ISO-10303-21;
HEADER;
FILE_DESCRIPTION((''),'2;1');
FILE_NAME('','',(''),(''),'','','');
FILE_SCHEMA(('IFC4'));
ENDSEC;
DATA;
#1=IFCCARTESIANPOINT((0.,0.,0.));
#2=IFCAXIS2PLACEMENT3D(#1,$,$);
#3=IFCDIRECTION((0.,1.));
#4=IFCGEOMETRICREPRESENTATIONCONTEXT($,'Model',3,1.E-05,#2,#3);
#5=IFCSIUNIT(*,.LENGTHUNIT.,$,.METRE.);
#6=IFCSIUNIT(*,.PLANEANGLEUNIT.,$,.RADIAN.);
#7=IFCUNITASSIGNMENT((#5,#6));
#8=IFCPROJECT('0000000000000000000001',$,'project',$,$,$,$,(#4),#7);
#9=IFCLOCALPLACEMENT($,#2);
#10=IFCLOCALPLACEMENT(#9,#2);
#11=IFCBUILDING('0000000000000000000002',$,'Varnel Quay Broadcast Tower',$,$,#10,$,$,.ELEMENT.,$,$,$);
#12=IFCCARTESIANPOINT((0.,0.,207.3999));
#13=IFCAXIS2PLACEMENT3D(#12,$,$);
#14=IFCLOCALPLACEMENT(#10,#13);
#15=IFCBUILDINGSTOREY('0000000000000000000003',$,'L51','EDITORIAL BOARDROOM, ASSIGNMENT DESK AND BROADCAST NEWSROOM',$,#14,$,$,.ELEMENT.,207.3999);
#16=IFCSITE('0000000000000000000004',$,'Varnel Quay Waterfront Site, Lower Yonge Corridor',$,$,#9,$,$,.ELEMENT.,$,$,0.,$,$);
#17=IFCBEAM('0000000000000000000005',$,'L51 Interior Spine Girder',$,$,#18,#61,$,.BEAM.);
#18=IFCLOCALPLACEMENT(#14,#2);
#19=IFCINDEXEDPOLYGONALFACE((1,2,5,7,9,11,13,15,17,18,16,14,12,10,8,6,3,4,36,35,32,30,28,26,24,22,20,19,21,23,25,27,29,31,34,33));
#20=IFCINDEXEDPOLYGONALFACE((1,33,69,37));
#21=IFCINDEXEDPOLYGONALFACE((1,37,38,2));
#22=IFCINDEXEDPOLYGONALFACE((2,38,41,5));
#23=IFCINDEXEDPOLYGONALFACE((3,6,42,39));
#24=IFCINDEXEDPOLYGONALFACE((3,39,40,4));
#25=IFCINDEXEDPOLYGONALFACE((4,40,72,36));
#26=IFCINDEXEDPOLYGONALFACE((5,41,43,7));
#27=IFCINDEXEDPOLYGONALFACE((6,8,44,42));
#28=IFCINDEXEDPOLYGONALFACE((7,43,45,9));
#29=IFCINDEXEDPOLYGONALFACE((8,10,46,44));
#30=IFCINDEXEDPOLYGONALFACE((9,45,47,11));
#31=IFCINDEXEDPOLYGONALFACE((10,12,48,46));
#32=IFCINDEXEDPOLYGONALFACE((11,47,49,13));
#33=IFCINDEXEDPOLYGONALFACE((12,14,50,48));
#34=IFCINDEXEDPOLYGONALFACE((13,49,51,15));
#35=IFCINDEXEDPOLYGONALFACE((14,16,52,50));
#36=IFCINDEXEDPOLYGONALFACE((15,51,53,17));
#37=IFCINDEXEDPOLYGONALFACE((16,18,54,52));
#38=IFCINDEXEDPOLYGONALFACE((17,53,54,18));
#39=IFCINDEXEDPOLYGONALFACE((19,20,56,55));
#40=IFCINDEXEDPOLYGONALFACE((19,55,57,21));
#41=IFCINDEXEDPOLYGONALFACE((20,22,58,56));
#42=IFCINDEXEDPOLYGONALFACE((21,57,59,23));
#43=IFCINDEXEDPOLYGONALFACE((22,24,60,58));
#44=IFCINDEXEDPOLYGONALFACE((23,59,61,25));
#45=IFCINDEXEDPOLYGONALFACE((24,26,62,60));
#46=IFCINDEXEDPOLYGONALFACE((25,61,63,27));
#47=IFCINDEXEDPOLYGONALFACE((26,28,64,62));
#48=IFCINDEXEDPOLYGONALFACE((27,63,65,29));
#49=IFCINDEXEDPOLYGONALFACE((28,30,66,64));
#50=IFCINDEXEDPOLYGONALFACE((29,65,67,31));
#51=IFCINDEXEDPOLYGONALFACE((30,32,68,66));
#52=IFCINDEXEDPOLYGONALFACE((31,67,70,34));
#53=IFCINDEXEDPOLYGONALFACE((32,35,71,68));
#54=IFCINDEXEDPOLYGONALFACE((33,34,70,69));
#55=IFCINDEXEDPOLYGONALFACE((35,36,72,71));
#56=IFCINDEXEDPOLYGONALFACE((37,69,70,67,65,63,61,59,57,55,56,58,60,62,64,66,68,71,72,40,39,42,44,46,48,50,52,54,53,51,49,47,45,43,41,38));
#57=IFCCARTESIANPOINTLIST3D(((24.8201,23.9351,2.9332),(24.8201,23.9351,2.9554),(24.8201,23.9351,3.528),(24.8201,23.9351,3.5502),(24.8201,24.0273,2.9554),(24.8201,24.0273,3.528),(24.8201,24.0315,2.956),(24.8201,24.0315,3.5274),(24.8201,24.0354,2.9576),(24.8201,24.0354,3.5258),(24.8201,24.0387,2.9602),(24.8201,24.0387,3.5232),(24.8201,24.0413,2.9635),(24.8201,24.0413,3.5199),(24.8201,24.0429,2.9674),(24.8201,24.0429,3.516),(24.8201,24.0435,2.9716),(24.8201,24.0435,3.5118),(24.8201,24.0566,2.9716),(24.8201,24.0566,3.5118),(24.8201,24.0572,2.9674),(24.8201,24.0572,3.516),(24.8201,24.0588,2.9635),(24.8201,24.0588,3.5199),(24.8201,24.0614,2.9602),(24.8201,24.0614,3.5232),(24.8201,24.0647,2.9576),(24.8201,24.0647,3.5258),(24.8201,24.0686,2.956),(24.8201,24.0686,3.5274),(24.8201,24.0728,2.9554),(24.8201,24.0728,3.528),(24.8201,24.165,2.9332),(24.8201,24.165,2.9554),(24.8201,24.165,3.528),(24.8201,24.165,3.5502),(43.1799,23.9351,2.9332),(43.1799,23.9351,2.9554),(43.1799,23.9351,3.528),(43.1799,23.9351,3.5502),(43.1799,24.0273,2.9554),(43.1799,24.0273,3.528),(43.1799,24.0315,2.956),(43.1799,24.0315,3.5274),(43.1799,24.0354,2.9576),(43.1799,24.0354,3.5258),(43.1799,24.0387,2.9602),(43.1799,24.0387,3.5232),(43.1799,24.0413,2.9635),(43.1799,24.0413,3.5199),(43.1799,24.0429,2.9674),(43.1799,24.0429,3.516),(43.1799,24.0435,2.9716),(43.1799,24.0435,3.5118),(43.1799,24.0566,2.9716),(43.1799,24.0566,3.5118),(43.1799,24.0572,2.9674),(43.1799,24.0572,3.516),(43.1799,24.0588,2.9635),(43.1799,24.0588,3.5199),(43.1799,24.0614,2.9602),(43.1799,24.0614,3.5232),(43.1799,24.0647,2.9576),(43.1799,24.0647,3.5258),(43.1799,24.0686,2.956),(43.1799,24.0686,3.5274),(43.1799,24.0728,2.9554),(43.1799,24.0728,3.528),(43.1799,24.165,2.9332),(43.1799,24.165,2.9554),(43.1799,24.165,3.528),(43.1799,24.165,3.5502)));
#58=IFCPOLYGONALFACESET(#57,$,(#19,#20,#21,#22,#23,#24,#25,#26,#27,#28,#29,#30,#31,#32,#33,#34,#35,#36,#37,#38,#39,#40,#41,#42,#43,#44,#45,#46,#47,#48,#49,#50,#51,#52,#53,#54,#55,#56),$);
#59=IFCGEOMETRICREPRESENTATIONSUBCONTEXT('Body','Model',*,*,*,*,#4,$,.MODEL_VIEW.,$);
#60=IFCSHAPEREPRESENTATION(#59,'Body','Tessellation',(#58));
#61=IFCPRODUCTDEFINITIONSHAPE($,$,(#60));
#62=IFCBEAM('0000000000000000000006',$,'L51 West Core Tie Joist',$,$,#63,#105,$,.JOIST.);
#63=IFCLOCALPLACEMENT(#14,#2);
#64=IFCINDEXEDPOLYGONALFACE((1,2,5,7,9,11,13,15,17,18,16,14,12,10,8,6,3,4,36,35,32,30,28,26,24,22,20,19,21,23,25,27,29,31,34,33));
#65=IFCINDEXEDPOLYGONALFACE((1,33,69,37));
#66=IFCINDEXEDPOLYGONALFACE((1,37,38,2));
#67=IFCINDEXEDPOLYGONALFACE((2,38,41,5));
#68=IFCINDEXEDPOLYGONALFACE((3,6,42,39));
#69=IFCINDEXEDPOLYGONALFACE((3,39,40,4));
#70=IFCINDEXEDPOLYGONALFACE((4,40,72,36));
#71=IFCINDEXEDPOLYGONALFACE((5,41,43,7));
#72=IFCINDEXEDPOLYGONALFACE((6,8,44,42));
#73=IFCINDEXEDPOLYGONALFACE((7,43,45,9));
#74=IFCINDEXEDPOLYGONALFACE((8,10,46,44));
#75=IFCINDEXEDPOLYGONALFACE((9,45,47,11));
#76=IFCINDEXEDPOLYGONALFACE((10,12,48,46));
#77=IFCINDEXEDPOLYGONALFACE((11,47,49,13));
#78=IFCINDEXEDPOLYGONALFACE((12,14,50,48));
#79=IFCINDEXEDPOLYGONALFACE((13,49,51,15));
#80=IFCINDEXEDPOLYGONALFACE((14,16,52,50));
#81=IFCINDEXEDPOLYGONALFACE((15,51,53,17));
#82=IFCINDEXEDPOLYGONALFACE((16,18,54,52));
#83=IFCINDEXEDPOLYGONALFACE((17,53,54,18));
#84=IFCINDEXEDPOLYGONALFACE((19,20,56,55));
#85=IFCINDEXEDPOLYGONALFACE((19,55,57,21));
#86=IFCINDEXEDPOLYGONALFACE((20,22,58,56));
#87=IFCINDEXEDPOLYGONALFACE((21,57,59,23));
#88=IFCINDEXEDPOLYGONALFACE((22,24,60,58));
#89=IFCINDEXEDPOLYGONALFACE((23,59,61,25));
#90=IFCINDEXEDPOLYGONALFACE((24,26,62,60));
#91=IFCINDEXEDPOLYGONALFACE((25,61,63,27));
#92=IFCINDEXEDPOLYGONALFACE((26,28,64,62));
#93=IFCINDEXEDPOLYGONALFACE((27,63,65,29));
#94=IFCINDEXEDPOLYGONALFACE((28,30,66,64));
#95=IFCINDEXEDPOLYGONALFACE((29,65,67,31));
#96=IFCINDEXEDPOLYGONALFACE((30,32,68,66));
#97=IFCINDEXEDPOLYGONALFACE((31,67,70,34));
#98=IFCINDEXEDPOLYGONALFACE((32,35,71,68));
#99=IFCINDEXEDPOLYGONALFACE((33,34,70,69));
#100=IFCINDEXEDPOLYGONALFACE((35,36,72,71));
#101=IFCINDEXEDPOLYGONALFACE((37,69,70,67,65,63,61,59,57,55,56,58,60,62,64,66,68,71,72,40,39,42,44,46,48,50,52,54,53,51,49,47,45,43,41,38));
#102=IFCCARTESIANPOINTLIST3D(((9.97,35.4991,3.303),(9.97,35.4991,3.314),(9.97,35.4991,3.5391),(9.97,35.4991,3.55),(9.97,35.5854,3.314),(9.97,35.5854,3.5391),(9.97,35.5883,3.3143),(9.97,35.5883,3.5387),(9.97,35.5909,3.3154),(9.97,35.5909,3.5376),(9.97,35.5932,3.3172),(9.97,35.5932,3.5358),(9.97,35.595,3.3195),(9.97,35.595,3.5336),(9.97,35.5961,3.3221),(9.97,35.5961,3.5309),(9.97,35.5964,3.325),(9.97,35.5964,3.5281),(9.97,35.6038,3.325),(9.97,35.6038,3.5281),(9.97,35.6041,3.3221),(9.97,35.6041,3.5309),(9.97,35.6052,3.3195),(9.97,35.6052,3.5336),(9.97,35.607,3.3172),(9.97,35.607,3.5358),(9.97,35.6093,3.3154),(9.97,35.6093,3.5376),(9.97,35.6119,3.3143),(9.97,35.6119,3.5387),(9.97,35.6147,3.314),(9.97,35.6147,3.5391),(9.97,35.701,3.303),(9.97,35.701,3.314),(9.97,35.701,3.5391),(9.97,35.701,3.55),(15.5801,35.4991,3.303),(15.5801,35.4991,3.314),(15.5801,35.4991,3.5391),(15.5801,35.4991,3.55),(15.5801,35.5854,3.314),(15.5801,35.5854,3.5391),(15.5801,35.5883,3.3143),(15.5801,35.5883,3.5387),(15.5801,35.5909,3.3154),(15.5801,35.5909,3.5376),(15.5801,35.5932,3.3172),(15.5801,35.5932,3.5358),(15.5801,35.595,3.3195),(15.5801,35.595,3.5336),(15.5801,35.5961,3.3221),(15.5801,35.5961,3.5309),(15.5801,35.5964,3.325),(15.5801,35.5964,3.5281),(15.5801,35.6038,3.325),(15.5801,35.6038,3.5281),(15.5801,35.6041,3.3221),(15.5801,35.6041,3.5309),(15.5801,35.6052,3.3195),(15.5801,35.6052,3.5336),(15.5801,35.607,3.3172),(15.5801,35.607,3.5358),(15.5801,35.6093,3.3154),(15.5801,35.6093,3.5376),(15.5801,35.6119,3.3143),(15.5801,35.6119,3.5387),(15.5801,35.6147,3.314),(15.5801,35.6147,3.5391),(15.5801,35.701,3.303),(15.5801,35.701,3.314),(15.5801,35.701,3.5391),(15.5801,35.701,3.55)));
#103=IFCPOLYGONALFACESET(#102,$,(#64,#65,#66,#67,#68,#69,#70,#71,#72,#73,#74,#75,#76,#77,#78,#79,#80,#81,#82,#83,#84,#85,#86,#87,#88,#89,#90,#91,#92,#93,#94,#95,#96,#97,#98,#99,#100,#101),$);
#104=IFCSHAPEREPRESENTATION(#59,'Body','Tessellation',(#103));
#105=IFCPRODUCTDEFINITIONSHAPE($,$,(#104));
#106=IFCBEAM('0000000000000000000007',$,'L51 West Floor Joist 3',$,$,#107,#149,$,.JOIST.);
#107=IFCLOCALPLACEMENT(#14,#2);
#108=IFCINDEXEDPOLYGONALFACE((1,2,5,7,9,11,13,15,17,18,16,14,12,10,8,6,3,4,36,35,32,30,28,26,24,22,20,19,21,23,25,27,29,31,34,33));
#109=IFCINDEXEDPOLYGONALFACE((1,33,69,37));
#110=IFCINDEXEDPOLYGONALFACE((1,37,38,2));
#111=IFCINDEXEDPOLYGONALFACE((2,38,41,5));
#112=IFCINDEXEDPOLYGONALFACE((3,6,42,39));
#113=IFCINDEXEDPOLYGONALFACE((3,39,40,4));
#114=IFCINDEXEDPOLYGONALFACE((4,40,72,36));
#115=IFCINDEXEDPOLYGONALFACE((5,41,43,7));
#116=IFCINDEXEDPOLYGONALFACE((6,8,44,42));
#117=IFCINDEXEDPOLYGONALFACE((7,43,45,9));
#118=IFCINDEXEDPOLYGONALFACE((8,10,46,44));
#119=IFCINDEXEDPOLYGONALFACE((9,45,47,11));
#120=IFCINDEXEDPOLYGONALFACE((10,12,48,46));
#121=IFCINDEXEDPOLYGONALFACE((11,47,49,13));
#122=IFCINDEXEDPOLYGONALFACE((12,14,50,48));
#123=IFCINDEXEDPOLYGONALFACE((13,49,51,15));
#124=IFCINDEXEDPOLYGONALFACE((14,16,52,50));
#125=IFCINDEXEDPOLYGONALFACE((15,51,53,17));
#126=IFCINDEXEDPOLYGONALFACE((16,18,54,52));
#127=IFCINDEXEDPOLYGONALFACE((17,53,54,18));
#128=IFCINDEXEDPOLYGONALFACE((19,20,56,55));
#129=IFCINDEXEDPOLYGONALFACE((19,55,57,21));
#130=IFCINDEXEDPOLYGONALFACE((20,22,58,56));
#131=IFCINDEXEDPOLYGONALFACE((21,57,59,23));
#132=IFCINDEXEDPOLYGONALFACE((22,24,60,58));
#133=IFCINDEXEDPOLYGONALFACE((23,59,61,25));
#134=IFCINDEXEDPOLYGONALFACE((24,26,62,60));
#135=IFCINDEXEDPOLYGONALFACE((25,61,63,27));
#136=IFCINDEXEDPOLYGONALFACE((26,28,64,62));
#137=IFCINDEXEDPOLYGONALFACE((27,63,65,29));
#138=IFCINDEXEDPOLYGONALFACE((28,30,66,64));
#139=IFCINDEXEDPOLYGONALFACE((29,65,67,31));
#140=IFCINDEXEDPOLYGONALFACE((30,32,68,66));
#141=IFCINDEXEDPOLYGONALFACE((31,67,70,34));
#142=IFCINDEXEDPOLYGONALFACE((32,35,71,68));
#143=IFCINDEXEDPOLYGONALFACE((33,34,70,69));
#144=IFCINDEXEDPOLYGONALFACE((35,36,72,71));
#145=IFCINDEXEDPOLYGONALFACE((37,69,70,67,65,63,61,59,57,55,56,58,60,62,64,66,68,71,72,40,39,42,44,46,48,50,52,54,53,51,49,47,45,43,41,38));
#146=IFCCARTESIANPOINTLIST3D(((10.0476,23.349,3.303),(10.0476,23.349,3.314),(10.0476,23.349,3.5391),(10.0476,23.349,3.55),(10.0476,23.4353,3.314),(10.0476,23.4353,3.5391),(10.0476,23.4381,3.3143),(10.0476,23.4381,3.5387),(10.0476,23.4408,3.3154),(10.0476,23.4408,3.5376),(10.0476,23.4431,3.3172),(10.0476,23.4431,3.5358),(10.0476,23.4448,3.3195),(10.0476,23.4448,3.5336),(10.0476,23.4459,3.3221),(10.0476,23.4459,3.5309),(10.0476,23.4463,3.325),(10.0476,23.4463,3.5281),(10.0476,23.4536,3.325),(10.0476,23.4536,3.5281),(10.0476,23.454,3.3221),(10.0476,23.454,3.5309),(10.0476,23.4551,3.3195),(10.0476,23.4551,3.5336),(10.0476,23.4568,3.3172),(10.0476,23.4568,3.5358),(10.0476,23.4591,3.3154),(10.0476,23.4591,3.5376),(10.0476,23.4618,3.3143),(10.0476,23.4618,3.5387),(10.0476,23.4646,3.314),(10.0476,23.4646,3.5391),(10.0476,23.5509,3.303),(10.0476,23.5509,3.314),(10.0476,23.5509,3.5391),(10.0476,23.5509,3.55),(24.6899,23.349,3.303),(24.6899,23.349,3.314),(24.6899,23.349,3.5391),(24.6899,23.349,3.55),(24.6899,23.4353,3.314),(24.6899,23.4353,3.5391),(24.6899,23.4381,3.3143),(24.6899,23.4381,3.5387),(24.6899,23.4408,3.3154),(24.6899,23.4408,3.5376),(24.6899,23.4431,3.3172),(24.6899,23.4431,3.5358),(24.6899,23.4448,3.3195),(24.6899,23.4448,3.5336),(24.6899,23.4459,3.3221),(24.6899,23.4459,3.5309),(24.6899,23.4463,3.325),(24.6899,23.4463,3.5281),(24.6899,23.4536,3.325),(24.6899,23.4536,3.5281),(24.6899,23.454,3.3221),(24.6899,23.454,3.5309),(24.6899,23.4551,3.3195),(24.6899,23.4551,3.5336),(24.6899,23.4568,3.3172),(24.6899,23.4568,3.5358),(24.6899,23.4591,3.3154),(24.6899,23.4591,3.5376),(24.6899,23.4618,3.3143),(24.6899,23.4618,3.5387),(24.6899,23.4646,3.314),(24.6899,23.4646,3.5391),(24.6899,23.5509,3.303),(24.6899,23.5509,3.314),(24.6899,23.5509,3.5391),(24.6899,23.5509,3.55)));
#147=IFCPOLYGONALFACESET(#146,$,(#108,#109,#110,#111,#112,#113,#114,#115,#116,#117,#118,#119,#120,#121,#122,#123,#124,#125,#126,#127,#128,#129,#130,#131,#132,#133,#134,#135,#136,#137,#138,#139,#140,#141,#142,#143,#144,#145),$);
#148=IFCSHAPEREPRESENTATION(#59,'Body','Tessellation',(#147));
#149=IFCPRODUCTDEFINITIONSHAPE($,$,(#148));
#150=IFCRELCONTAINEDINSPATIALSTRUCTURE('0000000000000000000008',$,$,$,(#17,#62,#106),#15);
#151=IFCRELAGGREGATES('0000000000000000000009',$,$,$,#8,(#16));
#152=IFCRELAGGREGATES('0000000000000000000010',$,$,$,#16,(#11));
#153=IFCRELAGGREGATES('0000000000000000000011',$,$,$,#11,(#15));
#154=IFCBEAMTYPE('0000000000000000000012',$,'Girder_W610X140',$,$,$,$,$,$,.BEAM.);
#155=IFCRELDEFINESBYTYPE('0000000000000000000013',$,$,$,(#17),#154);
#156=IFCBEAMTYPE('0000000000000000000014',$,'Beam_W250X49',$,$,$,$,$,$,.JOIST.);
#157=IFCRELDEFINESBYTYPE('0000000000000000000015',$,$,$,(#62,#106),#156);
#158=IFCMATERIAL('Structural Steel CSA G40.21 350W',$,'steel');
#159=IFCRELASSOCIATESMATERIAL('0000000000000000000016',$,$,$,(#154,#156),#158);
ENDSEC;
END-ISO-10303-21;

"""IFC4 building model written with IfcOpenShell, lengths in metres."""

from ifc_helpers import new_model, si_unit, direction, frame, origin, origin_2d, place, context, subcontext, project, spatial, i_section, extrude, source, transform, mapped, material, material_profile, profile_set, type_object, type_shapes, element, save


model = new_model("IFC4")

# Units and contexts
model_context = context("Model", 3, precision=1e-05, world=origin(), true_north=direction((0.0, 1.0)))
body_context = subcontext(model_context, "Body", "Model", "MODEL_VIEW")
ifc_project = project(units=[si_unit("LENGTHUNIT", "METRE"), si_unit("PLANEANGLEUNIT", "RADIAN")], contexts=[model_context])

# Site, building, storey
site_placement = place(None, origin())
site = spatial("IfcSite", under=ifc_project, at=site_placement, Name="Varnel Quay Waterfront Site, Lower Yonge Corridor", CompositionType="ELEMENT", RefElevation=0.0)
building_placement = place(site_placement, origin())
building = spatial("IfcBuilding", under=site, at=building_placement, Name="Varnel Quay Broadcast Tower", CompositionType="ELEMENT")
storey_placement = place(building_placement, frame((0.0, 0.0, 207.3999)))
storey = spatial("IfcBuildingStorey", under=building, at=storey_placement, Name="L51", Description="EDITORIAL BOARDROOM, ASSIGNMENT DESK AND BROADCAST NEWSROOM", CompositionType="ELEMENT", Elevation=207.3999)

# Shared definitions
ifc_material_1 = material(Name="Structural Steel CSA G40.21 350W", Category="steel")

# Beams
ifc_material_profile_1 = material_profile(ifc_material_1, i_section(OverallWidth=0.23, OverallDepth=0.6169, WebThickness=0.0132, FlangeThickness=0.0222, FilletRadius=0.0161, at=origin_2d()), Name="W610X140")
ifc_profile_set_1 = profile_set([ifc_material_profile_1], Name="Structural Steel CSA G40.21 350W")
beam_type_1 = type_object("IfcBeamType", Name="Girder_W610X140", PredefinedType="BEAM", material=ifc_profile_set_1)
shared_shape_1 = source(origin(), body_context, "Body", "SweptSolid", [
    extrude(i_section(OverallWidth=0.23, OverallDepth=0.6169, WebThickness=0.0132, FlangeThickness=0.0222, FilletRadius=0.0161, at=origin_2d()), origin(), (0.0, 0.0, 1.0), 18.3599),
])
beam_1_placement = place(storey_placement, frame((24.8201, 24.05, 3.2417), z_axis=(1.0, 0.0, 0.0), x_axis=(0.0, 1.0, 0.0)))
element("IfcBeam", 1, at=beam_1_placement, inside=storey, type_object=beam_type_1, Name="L51 Interior Spine Girder", PredefinedType="BEAM", context=body_context, shape_type="MappedRepresentation", body=[
    mapped(shared_shape_1, transform((0.0, 0.0, 0.0), x_axis=(1.0, 0.0, 0.0), y_axis=(0.0, 1.0, 0.0), z_axis=(0.0, 0.0, 1.0), scale=1.0)),
])
ifc_material_profile_2 = material_profile(ifc_material_1, i_section(OverallWidth=0.2019, OverallDepth=0.2471, WebThickness=0.0073, FlangeThickness=0.011, FilletRadius=0.011, at=origin_2d()), Name="W250X49")
ifc_profile_set_2 = profile_set([ifc_material_profile_2], Name="Structural Steel CSA G40.21 350W")
beam_type_2 = type_object("IfcBeamType", Name="Beam_W250X49", PredefinedType="JOIST", material=ifc_profile_set_2)
shared_shape_2 = source(origin(), body_context, "Body", "SweptSolid", [
    extrude(i_section(OverallWidth=0.2019, OverallDepth=0.2471, WebThickness=0.0073, FlangeThickness=0.011, FilletRadius=0.011, at=origin_2d()), origin(), (0.0, 0.0, 1.0), 5.6101),
])
beam_2_placement = place(storey_placement, frame((9.97, 35.6001, 3.4265), z_axis=(1.0, 0.0, 0.0), x_axis=(0.0, 1.0, 0.0)))
element("IfcBeam", 2, at=beam_2_placement, inside=storey, type_object=beam_type_2, Name="L51 West Core Tie Joist", PredefinedType="JOIST", context=body_context, shape_type="MappedRepresentation", body=[
    mapped(shared_shape_2, transform((0.0, 0.0, 0.0), x_axis=(1.0, 0.0, 0.0), y_axis=(0.0, 1.0, 0.0), z_axis=(0.0, 0.0, 1.0), scale=1.0)),
])
shared_shape_3 = source(origin(), body_context, "Body", "SweptSolid", [
    extrude(i_section(OverallWidth=0.2019, OverallDepth=0.2471, WebThickness=0.0073, FlangeThickness=0.011, FilletRadius=0.011, at=origin_2d()), origin(), (0.0, 0.0, 1.0), 14.6423),
])
type_shapes(beam_type_2, [shared_shape_2, shared_shape_3])
beam_3_placement = place(storey_placement, frame((10.0476, 23.45, 3.4265), z_axis=(1.0, 0.0, 0.0), x_axis=(0.0, 1.0, 0.0)))
element("IfcBeam", 3, at=beam_3_placement, inside=storey, type_object=beam_type_2, Name="L51 West Floor Joist 3", PredefinedType="JOIST", context=body_context, shape_type="MappedRepresentation", body=[
    mapped(shared_shape_3, transform((0.0, 0.0, 0.0), x_axis=(1.0, 0.0, 0.0), y_axis=(0.0, 1.0, 0.0), z_axis=(0.0, 0.0, 1.0), scale=1.0)),
])

save(model, "model.ifc")
